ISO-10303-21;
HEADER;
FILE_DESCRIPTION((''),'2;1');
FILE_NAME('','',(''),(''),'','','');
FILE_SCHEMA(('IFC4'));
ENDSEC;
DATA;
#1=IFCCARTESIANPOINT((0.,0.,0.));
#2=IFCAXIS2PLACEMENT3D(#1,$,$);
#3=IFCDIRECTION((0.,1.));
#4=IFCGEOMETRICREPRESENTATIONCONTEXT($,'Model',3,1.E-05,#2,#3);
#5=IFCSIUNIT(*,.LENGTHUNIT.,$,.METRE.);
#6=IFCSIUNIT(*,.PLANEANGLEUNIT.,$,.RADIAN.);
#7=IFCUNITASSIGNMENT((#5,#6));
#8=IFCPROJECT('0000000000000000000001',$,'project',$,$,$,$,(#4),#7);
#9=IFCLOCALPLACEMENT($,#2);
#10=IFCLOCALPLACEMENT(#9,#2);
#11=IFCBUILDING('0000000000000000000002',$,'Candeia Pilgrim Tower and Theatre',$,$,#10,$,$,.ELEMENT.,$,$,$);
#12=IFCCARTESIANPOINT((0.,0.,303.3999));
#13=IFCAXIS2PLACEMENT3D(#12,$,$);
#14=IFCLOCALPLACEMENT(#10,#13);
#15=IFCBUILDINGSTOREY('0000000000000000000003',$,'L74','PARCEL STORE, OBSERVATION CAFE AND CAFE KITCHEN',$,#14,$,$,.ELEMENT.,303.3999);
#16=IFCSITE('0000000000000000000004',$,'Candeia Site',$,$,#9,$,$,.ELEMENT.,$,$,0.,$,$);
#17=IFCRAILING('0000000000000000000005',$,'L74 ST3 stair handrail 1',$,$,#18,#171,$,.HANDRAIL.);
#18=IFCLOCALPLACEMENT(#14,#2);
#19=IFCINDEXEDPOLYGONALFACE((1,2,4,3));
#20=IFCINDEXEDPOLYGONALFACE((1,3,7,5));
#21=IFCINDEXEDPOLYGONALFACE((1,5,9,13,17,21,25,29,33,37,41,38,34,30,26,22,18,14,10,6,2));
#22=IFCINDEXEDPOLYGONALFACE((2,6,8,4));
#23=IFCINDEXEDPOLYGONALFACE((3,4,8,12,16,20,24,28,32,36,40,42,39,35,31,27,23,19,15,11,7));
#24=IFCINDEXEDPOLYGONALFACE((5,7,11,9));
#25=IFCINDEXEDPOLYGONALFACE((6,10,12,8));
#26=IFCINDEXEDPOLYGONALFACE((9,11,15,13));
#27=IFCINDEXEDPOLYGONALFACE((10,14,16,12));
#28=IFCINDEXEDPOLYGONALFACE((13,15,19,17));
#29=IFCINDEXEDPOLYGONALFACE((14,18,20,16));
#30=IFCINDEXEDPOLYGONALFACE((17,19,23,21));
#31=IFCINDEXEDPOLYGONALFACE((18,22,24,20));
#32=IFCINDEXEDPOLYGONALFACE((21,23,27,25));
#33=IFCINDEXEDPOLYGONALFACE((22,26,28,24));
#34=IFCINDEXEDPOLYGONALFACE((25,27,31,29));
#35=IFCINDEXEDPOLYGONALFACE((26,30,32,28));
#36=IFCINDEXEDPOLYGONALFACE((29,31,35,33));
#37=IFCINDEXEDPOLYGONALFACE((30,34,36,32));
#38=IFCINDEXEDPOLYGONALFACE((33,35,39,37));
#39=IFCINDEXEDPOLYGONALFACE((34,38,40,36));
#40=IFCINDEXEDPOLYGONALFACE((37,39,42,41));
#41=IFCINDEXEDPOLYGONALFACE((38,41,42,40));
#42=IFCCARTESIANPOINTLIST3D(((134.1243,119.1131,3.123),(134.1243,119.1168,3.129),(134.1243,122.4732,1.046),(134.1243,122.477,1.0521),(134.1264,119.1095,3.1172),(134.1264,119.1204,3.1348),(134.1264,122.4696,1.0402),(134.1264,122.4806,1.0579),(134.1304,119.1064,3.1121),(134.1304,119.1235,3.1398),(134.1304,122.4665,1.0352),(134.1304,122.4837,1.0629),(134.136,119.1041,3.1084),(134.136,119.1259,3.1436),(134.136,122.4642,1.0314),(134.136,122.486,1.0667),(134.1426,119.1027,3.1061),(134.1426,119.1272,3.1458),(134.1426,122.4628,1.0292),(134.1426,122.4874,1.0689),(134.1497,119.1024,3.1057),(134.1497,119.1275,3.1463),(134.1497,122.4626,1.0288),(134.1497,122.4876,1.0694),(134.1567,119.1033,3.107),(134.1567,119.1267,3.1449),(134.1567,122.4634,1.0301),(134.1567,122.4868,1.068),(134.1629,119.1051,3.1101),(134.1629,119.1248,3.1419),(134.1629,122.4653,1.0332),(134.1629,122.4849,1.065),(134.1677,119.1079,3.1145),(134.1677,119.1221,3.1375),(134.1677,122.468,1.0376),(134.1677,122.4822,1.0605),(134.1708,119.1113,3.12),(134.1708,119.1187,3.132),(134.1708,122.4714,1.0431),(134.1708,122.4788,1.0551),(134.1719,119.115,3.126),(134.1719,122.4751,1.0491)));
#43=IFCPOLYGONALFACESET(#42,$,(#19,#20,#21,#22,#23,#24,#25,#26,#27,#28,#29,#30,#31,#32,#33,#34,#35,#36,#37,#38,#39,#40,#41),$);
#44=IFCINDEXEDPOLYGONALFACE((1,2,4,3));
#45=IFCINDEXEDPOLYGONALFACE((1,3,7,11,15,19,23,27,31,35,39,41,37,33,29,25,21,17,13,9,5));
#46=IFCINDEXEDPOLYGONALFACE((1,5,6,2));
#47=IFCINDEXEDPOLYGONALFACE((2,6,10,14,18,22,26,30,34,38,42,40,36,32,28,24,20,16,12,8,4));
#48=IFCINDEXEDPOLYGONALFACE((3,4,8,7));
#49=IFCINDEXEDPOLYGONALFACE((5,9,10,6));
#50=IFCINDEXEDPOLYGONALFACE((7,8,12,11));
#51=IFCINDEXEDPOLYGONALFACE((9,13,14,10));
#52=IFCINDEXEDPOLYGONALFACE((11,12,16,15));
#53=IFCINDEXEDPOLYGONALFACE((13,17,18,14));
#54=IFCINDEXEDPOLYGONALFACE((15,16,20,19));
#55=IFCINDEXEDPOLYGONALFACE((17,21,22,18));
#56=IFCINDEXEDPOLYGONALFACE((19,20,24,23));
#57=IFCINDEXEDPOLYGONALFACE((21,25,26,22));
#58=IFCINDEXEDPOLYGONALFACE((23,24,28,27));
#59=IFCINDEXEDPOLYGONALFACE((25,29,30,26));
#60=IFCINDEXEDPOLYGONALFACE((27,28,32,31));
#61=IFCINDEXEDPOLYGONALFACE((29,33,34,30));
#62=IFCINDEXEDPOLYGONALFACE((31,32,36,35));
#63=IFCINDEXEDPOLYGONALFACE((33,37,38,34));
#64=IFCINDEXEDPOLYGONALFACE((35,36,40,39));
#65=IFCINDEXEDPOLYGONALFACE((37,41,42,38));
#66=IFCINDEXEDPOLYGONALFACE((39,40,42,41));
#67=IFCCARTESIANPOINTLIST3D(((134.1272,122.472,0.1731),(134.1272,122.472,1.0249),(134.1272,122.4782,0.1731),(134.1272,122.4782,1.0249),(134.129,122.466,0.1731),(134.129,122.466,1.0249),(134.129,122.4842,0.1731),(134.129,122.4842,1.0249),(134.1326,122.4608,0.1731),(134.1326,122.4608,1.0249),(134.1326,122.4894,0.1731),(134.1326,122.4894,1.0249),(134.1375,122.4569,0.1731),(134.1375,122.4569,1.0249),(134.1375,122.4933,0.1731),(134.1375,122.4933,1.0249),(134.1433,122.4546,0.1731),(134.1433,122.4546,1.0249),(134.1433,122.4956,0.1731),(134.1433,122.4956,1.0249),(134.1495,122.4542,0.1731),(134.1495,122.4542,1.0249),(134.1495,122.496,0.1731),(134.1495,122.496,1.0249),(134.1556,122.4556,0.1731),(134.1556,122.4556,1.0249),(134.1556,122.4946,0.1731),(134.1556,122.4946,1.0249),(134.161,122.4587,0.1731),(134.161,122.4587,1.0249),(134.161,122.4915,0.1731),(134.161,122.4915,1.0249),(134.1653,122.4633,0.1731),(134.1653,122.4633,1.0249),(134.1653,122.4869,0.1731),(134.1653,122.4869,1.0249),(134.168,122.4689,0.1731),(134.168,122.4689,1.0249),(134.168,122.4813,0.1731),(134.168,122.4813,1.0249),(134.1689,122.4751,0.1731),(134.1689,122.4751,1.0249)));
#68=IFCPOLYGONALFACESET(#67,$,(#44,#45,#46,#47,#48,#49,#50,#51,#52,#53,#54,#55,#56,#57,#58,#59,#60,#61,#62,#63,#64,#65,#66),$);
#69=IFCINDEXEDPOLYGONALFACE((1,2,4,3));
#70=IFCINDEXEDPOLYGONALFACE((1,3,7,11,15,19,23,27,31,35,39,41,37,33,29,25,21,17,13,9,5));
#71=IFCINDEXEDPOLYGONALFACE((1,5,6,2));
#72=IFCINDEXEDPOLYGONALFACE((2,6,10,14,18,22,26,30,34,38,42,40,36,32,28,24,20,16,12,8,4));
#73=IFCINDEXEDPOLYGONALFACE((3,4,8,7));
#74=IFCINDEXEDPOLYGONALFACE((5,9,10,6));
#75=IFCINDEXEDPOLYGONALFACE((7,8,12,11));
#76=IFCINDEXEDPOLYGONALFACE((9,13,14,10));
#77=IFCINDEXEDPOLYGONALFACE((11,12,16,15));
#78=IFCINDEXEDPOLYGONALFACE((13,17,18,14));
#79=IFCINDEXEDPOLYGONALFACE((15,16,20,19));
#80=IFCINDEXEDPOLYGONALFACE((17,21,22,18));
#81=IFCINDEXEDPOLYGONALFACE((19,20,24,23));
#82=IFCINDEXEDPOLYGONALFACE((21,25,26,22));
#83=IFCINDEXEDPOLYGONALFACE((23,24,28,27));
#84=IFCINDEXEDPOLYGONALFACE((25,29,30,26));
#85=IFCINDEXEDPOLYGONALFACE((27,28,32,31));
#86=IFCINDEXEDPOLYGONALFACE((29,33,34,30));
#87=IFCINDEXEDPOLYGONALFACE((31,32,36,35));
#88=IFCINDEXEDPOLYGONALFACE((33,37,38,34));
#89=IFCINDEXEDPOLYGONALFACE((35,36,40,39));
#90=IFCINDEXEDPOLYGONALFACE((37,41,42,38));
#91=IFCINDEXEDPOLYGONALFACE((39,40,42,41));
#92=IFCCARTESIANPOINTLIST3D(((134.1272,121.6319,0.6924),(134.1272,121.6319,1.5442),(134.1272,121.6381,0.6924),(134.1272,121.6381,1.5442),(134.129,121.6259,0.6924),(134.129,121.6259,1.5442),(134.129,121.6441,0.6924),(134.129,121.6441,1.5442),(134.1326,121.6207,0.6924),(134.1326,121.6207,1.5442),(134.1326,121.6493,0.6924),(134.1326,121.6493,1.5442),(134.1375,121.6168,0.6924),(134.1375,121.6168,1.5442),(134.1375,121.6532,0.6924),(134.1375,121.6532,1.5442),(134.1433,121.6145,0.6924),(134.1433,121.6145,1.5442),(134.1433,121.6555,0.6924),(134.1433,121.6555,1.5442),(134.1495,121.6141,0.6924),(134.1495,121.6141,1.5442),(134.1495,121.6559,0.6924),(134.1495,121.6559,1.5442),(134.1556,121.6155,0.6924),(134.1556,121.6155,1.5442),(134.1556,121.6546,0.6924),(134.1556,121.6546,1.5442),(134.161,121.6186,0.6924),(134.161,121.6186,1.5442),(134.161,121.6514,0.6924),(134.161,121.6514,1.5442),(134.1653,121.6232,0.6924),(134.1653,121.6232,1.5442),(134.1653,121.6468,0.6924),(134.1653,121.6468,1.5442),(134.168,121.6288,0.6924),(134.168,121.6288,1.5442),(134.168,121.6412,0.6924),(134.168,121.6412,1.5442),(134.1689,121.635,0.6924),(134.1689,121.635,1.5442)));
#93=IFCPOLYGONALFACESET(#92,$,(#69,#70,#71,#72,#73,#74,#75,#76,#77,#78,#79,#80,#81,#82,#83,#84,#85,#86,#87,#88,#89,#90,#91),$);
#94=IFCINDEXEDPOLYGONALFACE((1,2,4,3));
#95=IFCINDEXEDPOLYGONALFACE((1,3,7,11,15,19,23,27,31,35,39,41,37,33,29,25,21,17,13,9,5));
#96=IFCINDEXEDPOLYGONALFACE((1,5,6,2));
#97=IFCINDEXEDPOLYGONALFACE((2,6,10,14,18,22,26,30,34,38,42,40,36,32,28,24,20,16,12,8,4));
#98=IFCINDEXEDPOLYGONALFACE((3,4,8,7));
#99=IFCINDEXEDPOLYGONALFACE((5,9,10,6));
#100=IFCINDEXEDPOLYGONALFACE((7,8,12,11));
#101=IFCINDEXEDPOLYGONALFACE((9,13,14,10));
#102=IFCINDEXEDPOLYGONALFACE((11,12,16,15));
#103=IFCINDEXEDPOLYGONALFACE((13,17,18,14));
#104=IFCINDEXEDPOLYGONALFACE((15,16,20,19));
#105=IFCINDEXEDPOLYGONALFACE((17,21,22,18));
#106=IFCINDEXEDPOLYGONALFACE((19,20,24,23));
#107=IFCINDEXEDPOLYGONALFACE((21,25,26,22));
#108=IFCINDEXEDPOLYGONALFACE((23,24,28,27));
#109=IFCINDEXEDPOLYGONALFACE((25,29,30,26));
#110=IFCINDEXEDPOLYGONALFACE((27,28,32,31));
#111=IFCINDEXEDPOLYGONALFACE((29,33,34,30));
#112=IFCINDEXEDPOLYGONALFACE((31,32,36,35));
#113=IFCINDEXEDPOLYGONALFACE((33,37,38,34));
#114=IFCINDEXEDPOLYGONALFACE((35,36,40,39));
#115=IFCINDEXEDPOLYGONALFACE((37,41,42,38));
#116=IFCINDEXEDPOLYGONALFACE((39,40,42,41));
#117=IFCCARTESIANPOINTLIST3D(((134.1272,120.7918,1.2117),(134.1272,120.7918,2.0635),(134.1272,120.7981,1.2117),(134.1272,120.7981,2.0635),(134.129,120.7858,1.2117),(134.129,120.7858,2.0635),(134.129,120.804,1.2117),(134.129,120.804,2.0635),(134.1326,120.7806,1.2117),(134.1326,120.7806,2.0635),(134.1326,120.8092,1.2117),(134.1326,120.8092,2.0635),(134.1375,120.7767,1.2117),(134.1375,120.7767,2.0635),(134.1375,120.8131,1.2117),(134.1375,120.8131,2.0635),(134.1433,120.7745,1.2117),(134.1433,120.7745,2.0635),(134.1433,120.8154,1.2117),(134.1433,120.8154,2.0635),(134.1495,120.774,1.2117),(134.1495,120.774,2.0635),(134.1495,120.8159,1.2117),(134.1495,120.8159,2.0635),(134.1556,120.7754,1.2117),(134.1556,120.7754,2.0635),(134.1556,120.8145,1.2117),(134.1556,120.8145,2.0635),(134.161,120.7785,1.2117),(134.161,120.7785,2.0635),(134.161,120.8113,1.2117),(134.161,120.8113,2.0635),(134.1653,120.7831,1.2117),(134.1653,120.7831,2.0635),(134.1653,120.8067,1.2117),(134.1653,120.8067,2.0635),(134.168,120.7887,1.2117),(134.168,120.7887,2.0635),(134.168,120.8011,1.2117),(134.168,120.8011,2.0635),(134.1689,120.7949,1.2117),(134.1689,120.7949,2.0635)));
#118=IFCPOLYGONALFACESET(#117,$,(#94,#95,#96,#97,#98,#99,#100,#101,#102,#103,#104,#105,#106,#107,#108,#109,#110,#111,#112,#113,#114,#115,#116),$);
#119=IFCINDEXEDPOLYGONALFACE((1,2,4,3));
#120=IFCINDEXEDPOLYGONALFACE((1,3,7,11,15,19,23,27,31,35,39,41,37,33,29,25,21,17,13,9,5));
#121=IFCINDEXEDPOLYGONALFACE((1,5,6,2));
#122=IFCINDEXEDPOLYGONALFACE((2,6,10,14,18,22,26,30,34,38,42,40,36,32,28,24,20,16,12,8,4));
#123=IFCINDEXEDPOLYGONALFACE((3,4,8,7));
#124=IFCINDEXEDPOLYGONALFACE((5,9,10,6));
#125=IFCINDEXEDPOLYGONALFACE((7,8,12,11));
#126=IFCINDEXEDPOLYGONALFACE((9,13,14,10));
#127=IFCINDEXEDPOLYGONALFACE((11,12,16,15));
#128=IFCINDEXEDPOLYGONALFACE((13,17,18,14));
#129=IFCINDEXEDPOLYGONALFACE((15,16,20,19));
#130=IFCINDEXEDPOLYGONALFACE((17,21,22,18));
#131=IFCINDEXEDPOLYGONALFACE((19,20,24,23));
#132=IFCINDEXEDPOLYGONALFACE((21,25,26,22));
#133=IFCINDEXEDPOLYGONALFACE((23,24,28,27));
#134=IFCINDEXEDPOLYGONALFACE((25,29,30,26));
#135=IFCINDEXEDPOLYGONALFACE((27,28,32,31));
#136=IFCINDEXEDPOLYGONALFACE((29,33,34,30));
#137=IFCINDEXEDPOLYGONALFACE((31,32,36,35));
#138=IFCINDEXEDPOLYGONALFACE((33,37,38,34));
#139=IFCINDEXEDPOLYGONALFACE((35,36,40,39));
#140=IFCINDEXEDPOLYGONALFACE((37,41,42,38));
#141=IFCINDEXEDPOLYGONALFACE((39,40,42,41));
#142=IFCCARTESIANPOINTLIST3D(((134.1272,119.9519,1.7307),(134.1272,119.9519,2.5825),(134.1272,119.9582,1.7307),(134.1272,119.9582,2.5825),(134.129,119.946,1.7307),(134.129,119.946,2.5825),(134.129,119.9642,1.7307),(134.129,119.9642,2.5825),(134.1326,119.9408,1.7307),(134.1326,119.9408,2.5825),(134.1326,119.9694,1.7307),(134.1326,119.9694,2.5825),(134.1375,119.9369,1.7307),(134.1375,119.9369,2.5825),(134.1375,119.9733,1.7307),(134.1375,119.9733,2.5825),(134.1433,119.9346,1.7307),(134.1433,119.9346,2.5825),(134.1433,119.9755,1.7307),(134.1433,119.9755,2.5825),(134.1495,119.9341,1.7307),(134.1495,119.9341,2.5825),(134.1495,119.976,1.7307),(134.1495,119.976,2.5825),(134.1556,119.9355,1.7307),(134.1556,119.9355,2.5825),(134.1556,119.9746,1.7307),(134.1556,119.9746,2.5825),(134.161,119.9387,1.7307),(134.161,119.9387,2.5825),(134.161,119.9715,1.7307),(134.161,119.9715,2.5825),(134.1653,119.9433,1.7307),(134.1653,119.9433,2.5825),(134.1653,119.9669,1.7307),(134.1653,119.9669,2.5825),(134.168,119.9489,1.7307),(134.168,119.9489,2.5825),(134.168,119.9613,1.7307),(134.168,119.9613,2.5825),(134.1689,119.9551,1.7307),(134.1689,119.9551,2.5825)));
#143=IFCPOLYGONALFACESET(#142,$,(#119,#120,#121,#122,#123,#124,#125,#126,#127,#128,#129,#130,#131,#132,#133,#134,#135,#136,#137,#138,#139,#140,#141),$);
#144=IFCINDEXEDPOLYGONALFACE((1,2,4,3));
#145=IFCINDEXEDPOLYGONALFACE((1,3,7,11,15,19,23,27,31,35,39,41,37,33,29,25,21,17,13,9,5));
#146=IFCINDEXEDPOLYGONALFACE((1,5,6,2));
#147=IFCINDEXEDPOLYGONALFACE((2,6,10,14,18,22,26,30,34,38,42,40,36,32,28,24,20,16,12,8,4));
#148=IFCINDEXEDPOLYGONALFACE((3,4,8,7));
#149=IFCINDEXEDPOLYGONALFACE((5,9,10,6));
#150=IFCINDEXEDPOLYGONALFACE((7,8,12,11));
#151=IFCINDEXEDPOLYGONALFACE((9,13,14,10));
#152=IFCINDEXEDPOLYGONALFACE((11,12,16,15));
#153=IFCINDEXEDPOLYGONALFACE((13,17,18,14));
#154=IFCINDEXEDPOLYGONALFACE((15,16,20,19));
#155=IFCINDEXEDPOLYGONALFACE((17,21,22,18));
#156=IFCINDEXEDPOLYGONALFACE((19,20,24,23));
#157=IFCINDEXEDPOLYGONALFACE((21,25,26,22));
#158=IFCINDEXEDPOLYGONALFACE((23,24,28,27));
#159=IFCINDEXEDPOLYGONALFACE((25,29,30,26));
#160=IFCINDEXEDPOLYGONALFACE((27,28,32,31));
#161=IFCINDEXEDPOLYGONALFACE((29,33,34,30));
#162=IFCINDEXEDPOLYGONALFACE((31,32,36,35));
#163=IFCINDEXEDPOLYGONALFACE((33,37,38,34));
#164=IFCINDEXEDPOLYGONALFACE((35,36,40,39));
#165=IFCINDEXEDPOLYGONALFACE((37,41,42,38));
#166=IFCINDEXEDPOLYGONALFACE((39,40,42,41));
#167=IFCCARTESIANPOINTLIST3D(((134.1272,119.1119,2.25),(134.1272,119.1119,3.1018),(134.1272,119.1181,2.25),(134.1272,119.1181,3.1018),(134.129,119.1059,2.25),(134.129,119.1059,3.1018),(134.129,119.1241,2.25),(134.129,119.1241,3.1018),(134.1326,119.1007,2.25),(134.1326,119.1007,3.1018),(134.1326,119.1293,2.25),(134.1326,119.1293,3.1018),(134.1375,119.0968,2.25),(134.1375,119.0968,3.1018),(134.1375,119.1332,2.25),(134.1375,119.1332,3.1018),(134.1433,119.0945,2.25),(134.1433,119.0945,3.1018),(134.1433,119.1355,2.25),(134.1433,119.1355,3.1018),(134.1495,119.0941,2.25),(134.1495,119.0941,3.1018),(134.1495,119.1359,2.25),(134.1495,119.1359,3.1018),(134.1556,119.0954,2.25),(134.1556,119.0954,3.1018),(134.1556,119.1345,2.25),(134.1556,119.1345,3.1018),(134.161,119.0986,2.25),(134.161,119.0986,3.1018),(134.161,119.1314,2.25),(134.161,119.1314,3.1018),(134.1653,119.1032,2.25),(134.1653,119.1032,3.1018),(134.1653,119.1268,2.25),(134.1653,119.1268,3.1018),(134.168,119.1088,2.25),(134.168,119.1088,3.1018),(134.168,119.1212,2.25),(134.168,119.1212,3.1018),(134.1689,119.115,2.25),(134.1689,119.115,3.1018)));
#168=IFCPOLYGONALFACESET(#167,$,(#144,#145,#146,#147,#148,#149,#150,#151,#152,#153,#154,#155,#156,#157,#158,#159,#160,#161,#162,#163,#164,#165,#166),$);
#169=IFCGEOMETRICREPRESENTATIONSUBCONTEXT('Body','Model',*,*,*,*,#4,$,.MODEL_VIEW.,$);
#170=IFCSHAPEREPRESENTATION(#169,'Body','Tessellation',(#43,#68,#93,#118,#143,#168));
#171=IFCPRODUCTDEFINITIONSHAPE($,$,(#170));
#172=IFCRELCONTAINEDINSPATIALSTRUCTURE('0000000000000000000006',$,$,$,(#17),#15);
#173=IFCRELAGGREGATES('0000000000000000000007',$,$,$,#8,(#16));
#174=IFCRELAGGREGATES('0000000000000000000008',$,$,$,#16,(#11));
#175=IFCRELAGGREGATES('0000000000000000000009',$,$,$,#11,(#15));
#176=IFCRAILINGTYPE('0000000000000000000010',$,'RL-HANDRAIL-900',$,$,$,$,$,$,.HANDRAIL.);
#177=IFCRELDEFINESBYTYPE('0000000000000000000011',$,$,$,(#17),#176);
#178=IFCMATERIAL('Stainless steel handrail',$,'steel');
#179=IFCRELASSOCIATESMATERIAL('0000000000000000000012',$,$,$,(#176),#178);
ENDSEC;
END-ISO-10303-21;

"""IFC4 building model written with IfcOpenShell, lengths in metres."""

from ifc_helpers import new_model, si_unit, direction, frame, origin, origin_2d, place, context, subcontext, project, spatial, circle, extrude, material, type_object, element, save


model = new_model("IFC4")

# Units and contexts
model_context = context("Model", 3, precision=1e-05, world=origin(), true_north=direction((0.0, 1.0)))
body_context = subcontext(model_context, "Body", "Model", "MODEL_VIEW")
ifc_project = project(units=[si_unit("LENGTHUNIT", "METRE"), si_unit("PLANEANGLEUNIT", "RADIAN")], contexts=[model_context])

# Site, building, storey
site_placement = place(None, origin())
site = spatial("IfcSite", under=ifc_project, at=site_placement, Name="Candeia Site", CompositionType="ELEMENT", RefElevation=0.0)
building_placement = place(site_placement, origin())
building = spatial("IfcBuilding", under=site, at=building_placement, Name="Candeia Pilgrim Tower and Theatre", CompositionType="ELEMENT")
storey_placement = place(building_placement, frame((0.0, 0.0, 303.3999)))
storey = spatial("IfcBuildingStorey", under=building, at=storey_placement, Name="L74", Description="PARCEL STORE, OBSERVATION CAFE AND CAFE KITCHEN", CompositionType="ELEMENT", Elevation=303.3999)

# Railing
ifc_material_1 = material(Name="Stainless steel handrail", Category="steel")
railing_type_1 = type_object("IfcRailingType", Name="RL-HANDRAIL-900", PredefinedType="HANDRAIL", material=ifc_material_1)
railing_1_placement = place(storey_placement, frame((134.1479, 122.4751, 0.1731)))
element("IfcRailing", 1, at=railing_1_placement, inside=storey, type_object=railing_type_1, Name="L74 ST3 stair handrail 1", PredefinedType="HANDRAIL", context=body_context, shape_type="SweptSolid", body=[
    extrude(circle(Radius=0.0239, at=origin_2d()), frame((0.0, 0.0, 0.876), z_axis=(0.0, -0.850623, 0.525776), x_axis=(1.0, 0.0, 0.0)), (0.0, 0.0, 1.0), 3.9502),
    extrude(circle(Radius=0.021, at=origin_2d()), origin(), (0.0, 0.0, 1.0), 0.8518),
    extrude(circle(Radius=0.021, at=origin_2d()), frame((0.0, -0.8401, 0.5193)), (0.0, 0.0, 1.0), 0.8518),
    extrude(circle(Radius=0.021, at=origin_2d()), frame((0.0, -1.6802, 1.0386)), (0.0, 0.0, 1.0), 0.8518),
    extrude(circle(Radius=0.021, at=origin_2d()), frame((0.0, -2.52, 1.5576)), (0.0, 0.0, 1.0), 0.8518),
    extrude(circle(Radius=0.021, at=origin_2d()), frame((0.0, -3.3601, 2.0769)), (0.0, 0.0, 1.0), 0.8518),
])

save(model, "model.ifc")
